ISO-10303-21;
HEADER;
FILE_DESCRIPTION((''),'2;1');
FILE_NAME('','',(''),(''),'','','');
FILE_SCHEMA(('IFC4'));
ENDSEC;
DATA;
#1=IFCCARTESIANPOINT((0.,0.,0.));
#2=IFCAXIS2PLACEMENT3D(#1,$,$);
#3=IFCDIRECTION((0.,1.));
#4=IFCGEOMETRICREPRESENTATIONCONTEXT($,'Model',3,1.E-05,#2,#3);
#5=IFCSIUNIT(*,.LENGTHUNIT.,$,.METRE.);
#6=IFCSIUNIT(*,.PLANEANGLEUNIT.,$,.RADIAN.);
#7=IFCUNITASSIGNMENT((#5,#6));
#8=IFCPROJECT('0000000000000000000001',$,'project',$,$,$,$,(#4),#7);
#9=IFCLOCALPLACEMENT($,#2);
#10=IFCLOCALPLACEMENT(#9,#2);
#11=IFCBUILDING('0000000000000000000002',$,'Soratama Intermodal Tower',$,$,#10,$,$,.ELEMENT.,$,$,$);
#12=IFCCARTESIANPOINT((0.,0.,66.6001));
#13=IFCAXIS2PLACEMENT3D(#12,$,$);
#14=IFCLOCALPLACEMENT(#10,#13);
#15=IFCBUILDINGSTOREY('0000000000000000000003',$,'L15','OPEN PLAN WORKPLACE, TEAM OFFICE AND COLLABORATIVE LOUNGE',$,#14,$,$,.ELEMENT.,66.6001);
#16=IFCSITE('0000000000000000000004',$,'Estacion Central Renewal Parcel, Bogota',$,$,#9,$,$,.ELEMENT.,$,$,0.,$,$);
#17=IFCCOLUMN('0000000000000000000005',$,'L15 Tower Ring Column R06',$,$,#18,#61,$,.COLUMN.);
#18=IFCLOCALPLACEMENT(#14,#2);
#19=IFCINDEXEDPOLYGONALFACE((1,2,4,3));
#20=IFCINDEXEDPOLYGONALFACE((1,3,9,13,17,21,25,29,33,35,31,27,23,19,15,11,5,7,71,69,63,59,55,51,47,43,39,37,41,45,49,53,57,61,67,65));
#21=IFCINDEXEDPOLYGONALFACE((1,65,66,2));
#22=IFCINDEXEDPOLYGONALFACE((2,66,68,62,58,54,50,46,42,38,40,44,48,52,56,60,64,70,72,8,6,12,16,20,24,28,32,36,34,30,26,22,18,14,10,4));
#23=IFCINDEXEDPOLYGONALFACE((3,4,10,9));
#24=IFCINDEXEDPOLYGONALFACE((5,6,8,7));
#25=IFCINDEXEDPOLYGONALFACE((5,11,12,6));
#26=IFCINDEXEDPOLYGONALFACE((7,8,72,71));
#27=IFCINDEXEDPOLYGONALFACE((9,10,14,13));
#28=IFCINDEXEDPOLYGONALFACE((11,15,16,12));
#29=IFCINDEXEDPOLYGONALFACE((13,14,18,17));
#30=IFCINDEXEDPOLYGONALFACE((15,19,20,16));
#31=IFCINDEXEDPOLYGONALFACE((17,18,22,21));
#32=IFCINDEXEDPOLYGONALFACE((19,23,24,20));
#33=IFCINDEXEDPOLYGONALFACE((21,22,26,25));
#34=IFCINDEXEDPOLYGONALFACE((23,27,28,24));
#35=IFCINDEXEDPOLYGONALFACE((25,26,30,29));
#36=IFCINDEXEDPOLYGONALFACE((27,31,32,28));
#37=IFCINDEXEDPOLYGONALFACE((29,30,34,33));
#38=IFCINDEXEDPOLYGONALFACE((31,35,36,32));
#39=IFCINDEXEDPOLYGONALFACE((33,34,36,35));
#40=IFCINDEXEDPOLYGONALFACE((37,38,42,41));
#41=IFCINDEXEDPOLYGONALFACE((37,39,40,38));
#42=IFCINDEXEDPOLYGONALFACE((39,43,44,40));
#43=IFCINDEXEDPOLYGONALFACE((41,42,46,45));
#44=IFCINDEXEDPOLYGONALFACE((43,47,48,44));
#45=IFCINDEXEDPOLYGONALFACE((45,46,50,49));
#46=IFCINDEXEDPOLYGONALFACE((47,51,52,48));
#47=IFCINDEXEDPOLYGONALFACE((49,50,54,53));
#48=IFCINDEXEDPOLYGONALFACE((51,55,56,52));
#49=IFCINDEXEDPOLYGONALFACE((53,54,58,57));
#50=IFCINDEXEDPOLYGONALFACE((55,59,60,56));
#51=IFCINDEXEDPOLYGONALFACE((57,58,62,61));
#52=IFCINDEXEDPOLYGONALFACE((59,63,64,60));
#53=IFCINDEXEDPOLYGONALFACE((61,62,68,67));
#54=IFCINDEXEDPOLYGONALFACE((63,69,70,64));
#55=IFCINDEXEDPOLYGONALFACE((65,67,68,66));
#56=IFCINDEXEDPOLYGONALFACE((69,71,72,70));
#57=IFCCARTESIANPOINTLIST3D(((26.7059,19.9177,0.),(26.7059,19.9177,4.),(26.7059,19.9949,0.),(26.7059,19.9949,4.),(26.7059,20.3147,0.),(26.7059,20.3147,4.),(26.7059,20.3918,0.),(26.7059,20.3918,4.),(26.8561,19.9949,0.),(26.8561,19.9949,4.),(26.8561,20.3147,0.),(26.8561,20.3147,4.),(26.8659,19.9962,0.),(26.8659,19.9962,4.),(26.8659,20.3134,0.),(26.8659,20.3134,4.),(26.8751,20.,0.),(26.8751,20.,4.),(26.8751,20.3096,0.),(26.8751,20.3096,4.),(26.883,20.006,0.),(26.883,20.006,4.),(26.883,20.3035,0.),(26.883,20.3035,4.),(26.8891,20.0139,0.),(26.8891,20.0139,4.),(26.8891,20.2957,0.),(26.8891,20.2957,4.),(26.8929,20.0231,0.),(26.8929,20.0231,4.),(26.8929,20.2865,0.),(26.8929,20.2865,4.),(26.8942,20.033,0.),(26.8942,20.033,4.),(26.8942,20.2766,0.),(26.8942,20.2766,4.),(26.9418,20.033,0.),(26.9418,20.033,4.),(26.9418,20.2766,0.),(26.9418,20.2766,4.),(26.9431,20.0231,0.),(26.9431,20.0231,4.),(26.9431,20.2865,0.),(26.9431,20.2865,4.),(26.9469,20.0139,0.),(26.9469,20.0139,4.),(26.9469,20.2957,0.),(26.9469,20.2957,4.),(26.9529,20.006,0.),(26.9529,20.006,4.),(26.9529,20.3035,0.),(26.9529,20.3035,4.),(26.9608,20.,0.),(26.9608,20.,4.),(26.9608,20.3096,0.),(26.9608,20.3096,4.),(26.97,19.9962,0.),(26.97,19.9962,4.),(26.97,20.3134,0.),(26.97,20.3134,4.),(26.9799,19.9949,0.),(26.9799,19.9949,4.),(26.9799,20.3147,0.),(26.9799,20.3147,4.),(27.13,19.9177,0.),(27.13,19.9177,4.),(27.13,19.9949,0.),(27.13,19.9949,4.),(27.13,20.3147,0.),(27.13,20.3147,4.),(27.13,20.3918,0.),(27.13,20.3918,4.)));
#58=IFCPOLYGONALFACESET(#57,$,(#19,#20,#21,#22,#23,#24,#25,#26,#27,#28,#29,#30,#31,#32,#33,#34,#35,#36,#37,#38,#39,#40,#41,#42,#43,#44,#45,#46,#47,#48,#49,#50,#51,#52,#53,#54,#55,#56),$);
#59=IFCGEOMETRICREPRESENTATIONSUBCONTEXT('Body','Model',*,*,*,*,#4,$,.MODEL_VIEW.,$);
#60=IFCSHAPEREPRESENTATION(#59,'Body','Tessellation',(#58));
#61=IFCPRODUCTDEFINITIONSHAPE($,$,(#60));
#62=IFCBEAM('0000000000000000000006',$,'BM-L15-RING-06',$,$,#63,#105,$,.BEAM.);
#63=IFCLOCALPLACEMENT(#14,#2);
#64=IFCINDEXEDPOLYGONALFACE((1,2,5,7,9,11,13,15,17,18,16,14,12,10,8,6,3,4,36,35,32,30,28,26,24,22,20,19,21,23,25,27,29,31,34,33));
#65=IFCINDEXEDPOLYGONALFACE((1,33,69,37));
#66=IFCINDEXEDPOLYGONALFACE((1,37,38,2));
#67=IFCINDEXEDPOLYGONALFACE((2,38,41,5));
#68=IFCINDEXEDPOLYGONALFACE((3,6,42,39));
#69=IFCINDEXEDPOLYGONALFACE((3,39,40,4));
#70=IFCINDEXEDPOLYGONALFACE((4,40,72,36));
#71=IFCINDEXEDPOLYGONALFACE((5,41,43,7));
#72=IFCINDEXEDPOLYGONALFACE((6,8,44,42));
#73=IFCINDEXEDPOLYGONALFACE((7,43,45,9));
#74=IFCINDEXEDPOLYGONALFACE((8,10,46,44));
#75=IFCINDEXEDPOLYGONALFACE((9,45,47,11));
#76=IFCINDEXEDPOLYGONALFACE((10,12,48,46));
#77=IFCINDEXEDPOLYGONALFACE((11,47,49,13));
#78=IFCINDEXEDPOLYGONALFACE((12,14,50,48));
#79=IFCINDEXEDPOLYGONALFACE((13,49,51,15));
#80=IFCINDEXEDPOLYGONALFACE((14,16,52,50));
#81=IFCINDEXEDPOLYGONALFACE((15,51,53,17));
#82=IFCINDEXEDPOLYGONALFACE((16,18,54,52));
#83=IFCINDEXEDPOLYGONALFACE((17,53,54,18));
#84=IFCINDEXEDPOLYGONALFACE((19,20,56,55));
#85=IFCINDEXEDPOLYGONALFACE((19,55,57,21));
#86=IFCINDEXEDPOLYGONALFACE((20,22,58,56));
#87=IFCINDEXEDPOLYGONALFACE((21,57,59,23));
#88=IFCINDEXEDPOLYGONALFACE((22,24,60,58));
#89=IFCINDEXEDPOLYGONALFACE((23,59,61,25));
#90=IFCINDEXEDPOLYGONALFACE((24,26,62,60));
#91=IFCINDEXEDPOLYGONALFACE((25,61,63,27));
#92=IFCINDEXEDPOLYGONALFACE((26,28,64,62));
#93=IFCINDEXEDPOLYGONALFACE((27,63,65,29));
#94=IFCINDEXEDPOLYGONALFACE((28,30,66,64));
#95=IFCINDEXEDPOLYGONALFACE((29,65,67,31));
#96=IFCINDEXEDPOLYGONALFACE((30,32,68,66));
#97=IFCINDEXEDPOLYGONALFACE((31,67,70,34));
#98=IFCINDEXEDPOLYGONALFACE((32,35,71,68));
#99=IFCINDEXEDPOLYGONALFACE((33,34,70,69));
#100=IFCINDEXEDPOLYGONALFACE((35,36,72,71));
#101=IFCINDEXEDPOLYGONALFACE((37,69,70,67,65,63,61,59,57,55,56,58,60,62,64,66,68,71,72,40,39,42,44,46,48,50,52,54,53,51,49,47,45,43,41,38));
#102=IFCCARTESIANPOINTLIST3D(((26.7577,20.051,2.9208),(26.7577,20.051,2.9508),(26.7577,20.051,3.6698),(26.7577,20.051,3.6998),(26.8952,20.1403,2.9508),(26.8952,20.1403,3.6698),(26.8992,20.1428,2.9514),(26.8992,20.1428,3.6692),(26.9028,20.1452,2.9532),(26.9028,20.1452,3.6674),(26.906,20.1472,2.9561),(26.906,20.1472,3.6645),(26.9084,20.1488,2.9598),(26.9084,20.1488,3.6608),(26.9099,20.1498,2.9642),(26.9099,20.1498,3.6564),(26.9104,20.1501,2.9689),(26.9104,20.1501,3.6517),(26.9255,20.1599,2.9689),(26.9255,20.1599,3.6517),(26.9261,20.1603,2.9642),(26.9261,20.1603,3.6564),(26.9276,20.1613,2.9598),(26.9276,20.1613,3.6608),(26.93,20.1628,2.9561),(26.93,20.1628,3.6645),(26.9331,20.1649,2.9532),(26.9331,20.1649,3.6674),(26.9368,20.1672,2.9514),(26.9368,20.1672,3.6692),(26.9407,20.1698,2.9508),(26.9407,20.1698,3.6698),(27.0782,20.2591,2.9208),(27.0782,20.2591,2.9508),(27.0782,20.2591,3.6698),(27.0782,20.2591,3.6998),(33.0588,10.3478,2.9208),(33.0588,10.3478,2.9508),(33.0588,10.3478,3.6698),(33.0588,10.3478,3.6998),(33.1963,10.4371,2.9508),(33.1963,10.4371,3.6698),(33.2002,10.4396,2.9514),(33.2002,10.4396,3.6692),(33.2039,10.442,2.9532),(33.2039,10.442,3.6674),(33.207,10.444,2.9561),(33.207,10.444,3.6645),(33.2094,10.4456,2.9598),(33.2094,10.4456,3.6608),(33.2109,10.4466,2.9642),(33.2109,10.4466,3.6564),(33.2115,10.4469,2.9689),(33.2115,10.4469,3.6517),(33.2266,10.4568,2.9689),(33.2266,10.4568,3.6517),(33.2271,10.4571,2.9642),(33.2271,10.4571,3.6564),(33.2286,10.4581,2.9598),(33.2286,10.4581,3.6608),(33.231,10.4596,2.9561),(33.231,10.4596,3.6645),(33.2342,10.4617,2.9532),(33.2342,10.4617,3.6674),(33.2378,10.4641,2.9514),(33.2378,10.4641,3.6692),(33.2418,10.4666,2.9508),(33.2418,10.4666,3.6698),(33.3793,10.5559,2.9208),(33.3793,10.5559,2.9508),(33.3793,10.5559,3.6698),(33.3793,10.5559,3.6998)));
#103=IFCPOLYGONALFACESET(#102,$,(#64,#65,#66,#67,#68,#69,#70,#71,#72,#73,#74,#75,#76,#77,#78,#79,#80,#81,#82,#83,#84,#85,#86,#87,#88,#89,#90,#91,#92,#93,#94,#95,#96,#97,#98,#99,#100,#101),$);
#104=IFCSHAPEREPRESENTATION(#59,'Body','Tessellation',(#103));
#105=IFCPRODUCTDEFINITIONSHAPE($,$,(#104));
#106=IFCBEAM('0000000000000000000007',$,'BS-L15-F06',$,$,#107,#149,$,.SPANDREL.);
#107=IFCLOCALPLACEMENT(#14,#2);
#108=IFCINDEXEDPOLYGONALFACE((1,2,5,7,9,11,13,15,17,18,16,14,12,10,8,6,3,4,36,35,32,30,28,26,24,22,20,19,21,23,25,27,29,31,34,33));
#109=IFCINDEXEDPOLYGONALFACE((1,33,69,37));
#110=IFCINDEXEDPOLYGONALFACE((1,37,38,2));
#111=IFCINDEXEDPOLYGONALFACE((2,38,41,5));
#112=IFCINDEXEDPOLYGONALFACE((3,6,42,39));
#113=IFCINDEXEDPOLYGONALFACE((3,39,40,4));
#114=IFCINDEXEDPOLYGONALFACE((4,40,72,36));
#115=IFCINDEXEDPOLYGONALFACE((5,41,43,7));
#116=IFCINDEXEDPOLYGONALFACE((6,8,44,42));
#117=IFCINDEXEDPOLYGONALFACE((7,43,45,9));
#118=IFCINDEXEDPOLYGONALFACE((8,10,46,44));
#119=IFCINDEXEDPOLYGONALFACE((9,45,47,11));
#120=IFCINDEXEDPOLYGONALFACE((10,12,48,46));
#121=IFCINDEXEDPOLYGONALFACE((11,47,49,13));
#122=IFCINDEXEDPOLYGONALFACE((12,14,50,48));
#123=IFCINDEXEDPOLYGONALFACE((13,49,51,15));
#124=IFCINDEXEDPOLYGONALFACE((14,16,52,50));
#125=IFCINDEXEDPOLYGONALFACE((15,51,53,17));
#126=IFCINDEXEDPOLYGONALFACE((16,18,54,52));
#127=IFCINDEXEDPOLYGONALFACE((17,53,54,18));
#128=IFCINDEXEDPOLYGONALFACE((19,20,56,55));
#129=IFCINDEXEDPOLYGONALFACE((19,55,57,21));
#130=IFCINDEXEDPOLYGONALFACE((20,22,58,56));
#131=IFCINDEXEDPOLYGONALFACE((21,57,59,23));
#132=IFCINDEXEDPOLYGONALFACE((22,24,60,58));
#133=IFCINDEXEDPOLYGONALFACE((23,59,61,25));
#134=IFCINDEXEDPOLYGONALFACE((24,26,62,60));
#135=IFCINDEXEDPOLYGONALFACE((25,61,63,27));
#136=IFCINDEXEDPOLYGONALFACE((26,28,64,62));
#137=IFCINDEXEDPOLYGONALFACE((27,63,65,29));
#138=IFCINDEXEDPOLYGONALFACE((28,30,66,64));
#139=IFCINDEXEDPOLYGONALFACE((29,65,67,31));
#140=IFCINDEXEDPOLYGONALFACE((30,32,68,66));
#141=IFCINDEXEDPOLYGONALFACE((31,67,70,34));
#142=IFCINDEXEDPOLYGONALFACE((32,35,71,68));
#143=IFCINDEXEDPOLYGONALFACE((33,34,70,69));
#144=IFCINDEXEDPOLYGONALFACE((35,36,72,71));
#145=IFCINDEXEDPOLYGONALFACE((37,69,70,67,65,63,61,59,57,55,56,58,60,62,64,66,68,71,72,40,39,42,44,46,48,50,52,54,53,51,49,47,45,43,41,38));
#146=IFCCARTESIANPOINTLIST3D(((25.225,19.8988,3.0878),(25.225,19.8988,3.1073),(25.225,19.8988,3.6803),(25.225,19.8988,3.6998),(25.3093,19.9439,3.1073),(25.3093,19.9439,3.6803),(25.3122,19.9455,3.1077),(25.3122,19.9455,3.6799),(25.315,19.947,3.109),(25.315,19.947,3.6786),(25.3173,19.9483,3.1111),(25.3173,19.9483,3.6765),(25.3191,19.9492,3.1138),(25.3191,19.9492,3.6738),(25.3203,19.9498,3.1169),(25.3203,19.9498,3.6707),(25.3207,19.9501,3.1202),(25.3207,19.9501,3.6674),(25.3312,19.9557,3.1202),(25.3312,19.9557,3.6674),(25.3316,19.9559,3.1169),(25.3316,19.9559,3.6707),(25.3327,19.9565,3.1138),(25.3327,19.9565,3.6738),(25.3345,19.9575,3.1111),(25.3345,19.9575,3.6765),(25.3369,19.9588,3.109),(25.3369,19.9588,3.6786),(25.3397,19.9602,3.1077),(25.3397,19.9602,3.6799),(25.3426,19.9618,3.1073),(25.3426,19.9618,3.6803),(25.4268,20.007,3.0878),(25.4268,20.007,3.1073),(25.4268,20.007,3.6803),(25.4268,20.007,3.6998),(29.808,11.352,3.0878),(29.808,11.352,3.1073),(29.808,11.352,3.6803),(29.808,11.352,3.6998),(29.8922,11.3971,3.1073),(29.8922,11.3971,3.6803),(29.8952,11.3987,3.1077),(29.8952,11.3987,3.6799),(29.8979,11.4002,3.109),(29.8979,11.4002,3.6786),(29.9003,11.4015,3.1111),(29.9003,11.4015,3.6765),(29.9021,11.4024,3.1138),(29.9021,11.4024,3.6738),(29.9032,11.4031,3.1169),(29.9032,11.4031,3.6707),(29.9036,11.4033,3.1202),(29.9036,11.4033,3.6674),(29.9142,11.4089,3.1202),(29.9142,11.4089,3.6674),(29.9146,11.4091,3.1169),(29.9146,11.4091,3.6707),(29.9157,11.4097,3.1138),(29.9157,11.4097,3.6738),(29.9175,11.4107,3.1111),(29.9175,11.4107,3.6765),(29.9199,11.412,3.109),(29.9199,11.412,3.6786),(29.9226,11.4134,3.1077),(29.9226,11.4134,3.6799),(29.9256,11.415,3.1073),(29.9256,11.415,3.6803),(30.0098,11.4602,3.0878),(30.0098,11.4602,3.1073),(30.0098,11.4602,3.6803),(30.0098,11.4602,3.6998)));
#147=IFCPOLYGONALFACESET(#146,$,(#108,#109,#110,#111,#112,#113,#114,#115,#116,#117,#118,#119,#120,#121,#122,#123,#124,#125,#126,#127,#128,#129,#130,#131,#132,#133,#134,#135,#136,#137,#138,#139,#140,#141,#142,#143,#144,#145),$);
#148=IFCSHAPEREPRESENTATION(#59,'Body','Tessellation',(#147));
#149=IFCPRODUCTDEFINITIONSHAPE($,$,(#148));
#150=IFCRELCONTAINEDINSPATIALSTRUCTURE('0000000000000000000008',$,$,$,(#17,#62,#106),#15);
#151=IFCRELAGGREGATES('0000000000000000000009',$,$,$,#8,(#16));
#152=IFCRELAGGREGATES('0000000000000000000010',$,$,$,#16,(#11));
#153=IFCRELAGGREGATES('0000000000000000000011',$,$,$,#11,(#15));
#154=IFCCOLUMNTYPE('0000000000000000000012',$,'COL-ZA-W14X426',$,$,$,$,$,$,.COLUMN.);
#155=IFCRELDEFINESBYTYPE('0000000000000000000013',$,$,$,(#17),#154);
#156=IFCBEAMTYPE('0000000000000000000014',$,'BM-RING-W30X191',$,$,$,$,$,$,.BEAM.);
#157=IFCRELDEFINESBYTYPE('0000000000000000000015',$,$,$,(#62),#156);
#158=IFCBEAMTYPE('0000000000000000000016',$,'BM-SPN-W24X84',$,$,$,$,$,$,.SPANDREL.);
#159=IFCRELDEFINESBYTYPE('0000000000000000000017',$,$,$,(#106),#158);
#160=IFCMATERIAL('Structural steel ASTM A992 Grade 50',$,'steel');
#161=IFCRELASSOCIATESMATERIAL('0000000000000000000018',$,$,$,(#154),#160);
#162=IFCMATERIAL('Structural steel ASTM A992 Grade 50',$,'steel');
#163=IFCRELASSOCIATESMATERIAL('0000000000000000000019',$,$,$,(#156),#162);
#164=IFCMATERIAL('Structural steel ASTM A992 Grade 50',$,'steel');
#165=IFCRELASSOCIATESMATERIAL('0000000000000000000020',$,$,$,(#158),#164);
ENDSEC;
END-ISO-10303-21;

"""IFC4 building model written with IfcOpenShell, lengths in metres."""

from ifc_helpers import new_model, si_unit, direction, frame, origin, origin_2d, place, context, subcontext, project, spatial, i_section, extrude, material, material_profile, profile_set, type_object, element, save


model = new_model("IFC4")

# Units and contexts
model_context = context("Model", 3, precision=1e-05, world=origin(), true_north=direction((0.0, 1.0)))
body_context = subcontext(model_context, "Body", "Model", "MODEL_VIEW")
ifc_project = project(units=[si_unit("LENGTHUNIT", "METRE"), si_unit("PLANEANGLEUNIT", "RADIAN")], contexts=[model_context])

# Site, building, storey
site_placement = place(None, origin())
site = spatial("IfcSite", under=ifc_project, at=site_placement, Name="Estacion Central Renewal Parcel, Bogota", CompositionType="ELEMENT", RefElevation=0.0)
building_placement = place(site_placement, origin())
building = spatial("IfcBuilding", under=site, at=building_placement, Name="Soratama Intermodal Tower", CompositionType="ELEMENT")
storey_placement = place(building_placement, frame((0.0, 0.0, 66.6001)))
storey = spatial("IfcBuildingStorey", under=building, at=storey_placement, Name="L15", Description="OPEN PLAN WORKPLACE, TEAM OFFICE AND COLLABORATIVE LOUNGE", CompositionType="ELEMENT", Elevation=66.6001)

# Column
ifc_material_1 = material(Name="Structural steel ASTM A992 Grade 50", Category="steel")
ifc_material_profile_1 = material_profile(ifc_material_1, i_section(OverallWidth=0.4241, OverallDepth=0.4741, WebThickness=0.0476, FlangeThickness=0.0771, FilletRadius=0.0381, at=origin_2d()), Name="W14X426")
ifc_profile_set_1 = profile_set([ifc_material_profile_1], Name="Structural steel ASTM A992 Grade 50")
column_type = type_object("IfcColumnType", Name="COL-ZA-W14X426", PredefinedType="COLUMN", material=ifc_profile_set_1)
column_placement = place(storey_placement, frame((26.918, 20.1548, 0.0), z_axis=(0.0, 0.0, 1.0), x_axis=(1.0, 0.0, 0.0)))
element("IfcColumn", 1, at=column_placement, inside=storey, type_object=column_type, Name="L15 Tower Ring Column R06", PredefinedType="COLUMN", context=body_context, shape_type="SweptSolid", body=[
    extrude(i_section(OverallWidth=0.4241, OverallDepth=0.4741, WebThickness=0.0476, FlangeThickness=0.0771, FilletRadius=0.0381, at=origin_2d()), origin(), (0.0, 0.0, 1.0), 4.0),
])

# Beams
ifc_material_2 = material(Name="Structural steel ASTM A992 Grade 50", Category="steel")
ifc_material_profile_2 = material_profile(ifc_material_2, i_section(OverallWidth=0.3821, OverallDepth=0.7791, WebThickness=0.0181, FlangeThickness=0.03, FilletRadius=0.0181, at=origin_2d()), Name="W30X191")
ifc_profile_set_2 = profile_set([ifc_material_profile_2], Name="Structural steel ASTM A992 Grade 50")
beam_type_1 = type_object("IfcBeamType", Name="BM-RING-W30X191", PredefinedType="BEAM", material=ifc_profile_set_2)
beam_1_placement = place(storey_placement, frame((26.918, 20.155, 3.3103), z_axis=(0.544623, -0.838681, 0.0), x_axis=(0.838681, 0.544623, 0.0)))
element("IfcBeam", 2, at=beam_1_placement, inside=storey, type_object=beam_type_1, Name="BM-L15-RING-06", PredefinedType="BEAM", context=body_context, shape_type="SweptSolid", body=[
    extrude(i_section(OverallWidth=0.3821, OverallDepth=0.7791, WebThickness=0.0181, FlangeThickness=0.03, FilletRadius=0.0181, at=origin_2d()), origin(), (0.0, 0.0, 1.0), 11.5696),
])
ifc_material_3 = material(Name="Structural steel ASTM A992 Grade 50", Category="steel")
ifc_material_profile_3 = material_profile(ifc_material_3, i_section(OverallWidth=0.229, OverallDepth=0.6121, WebThickness=0.012, FlangeThickness=0.0195, FilletRadius=0.0129, at=origin_2d()), Name="W24X84")
ifc_profile_set_3 = profile_set([ifc_material_profile_3], Name="Structural steel ASTM A992 Grade 50")
beam_type_2 = type_object("IfcBeamType", Name="BM-SPN-W24X84", PredefinedType="SPANDREL", material=ifc_profile_set_3)
beam_2_placement = place(storey_placement, frame((25.3259, 19.9529, 3.3938), z_axis=(0.472568, -0.881294, 0.0), x_axis=(0.881294, 0.472568, 0.0)))
element("IfcBeam", 3, at=beam_2_placement, inside=storey, type_object=beam_type_2, Name="BS-L15-F06", PredefinedType="SPANDREL", context=body_context, shape_type="SweptSolid", body=[
    extrude(i_section(OverallWidth=0.229, OverallDepth=0.6121, WebThickness=0.012, FlangeThickness=0.0195, FilletRadius=0.0129, at=origin_2d()), origin(), (0.0, 0.0, 1.0), 9.698),
])

save(model, "model.ifc")
